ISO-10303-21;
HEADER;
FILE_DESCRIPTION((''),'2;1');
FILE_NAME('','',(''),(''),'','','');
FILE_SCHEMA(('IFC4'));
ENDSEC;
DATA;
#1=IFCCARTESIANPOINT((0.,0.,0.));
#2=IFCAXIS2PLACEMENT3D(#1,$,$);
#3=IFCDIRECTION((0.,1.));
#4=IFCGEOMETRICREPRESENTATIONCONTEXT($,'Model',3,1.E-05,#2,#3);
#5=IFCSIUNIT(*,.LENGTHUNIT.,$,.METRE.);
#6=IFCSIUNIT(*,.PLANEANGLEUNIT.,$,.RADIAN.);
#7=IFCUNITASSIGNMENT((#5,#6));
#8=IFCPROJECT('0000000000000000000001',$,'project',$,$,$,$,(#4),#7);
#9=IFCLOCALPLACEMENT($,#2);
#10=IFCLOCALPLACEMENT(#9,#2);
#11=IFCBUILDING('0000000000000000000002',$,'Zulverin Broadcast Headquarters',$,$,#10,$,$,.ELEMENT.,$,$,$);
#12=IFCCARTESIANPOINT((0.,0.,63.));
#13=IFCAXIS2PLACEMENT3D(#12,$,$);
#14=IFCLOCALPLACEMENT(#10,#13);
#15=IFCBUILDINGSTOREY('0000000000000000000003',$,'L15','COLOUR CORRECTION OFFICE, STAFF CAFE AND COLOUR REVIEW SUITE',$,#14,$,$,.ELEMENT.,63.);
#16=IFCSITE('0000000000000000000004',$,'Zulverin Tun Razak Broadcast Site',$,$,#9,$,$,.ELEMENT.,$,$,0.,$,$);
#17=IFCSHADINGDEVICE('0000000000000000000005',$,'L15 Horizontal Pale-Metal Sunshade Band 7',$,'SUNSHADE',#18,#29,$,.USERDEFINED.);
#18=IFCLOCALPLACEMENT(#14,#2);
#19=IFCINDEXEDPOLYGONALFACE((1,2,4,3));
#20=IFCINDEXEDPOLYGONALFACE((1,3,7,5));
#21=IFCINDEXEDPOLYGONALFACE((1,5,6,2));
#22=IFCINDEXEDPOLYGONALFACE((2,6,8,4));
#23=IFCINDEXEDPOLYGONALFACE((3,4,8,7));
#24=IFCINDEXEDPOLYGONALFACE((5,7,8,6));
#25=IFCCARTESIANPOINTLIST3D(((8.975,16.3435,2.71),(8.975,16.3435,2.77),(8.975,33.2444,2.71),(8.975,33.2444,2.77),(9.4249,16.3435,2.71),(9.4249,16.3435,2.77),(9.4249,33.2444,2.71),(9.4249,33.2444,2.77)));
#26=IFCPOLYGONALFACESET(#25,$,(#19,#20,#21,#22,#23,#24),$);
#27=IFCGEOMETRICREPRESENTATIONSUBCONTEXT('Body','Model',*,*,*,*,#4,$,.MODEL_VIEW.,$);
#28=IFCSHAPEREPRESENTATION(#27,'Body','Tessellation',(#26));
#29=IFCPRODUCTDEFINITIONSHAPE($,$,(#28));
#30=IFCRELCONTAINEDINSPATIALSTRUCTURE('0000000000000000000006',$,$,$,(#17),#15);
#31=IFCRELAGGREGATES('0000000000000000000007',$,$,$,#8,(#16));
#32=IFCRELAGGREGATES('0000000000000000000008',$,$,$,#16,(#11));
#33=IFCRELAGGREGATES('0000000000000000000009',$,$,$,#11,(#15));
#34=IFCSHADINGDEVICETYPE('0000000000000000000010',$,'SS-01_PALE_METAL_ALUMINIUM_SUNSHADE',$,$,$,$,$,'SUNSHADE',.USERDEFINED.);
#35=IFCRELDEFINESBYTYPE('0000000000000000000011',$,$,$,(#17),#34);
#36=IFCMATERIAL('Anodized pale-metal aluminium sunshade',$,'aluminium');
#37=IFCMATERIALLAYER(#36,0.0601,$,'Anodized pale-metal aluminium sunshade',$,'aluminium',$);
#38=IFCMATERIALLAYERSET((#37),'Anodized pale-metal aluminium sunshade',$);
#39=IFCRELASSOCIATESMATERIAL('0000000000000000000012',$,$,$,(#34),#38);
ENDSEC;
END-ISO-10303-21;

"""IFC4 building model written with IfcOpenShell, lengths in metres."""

from ifc_helpers import new_model, si_unit, direction, frame, origin, origin_2d, place, context, subcontext, project, spatial, rectangle, extrude, material, layer, layer_set, type_object, element, save


model = new_model("IFC4")

# Units and contexts
model_context = context("Model", 3, precision=1e-05, world=origin(), true_north=direction((0.0, 1.0)))
body_context = subcontext(model_context, "Body", "Model", "MODEL_VIEW")
ifc_project = project(units=[si_unit("LENGTHUNIT", "METRE"), si_unit("PLANEANGLEUNIT", "RADIAN")], contexts=[model_context])

# Site, building, storey
site_placement = place(None, origin())
site = spatial("IfcSite", under=ifc_project, at=site_placement, Name="Zulverin Tun Razak Broadcast Site", CompositionType="ELEMENT", RefElevation=0.0)
building_placement = place(site_placement, origin())
building = spatial("IfcBuilding", under=site, at=building_placement, Name="Zulverin Broadcast Headquarters", CompositionType="ELEMENT")
storey_placement = place(building_placement, frame((0.0, 0.0, 63.0)))
storey = spatial("IfcBuildingStorey", under=building, at=storey_placement, Name="L15", Description="COLOUR CORRECTION OFFICE, STAFF CAFE AND COLOUR REVIEW SUITE", CompositionType="ELEMENT", Elevation=63.0)

# Shading device
ifc_material_1 = material(Name="Anodized pale-metal aluminium sunshade", Category="aluminium")
ifc_layer_1 = layer(ifc_material_1, 0.0601, Name="Anodized pale-metal aluminium sunshade", Category="aluminium")
ifc_layer_set_1 = layer_set([ifc_layer_1], Name="Anodized pale-metal aluminium sunshade")
shading_device_type = type_object("IfcShadingDeviceType", Name="SS-01_PALE_METAL_ALUMINIUM_SUNSHADE", ElementType="SUNSHADE", PredefinedType="USERDEFINED", material=ifc_layer_set_1)
shading_device_placement = place(storey_placement, frame((9.2, 24.7939, 2.71), z_axis=(0.0, 0.0, 1.0), x_axis=(0.0, -1.0, 0.0)))
element("IfcShadingDevice", 1, at=shading_device_placement, inside=storey, type_object=shading_device_type, Name="L15 Horizontal Pale-Metal Sunshade Band 7", ObjectType="SUNSHADE", PredefinedType="USERDEFINED", context=body_context, shape_type="SweptSolid", body=[
    extrude(rectangle(XDim=16.9009, YDim=0.45, at=origin_2d()), origin(), (0.0, 0.0, 1.0), 0.0601),
])

save(model, "model.ifc")
